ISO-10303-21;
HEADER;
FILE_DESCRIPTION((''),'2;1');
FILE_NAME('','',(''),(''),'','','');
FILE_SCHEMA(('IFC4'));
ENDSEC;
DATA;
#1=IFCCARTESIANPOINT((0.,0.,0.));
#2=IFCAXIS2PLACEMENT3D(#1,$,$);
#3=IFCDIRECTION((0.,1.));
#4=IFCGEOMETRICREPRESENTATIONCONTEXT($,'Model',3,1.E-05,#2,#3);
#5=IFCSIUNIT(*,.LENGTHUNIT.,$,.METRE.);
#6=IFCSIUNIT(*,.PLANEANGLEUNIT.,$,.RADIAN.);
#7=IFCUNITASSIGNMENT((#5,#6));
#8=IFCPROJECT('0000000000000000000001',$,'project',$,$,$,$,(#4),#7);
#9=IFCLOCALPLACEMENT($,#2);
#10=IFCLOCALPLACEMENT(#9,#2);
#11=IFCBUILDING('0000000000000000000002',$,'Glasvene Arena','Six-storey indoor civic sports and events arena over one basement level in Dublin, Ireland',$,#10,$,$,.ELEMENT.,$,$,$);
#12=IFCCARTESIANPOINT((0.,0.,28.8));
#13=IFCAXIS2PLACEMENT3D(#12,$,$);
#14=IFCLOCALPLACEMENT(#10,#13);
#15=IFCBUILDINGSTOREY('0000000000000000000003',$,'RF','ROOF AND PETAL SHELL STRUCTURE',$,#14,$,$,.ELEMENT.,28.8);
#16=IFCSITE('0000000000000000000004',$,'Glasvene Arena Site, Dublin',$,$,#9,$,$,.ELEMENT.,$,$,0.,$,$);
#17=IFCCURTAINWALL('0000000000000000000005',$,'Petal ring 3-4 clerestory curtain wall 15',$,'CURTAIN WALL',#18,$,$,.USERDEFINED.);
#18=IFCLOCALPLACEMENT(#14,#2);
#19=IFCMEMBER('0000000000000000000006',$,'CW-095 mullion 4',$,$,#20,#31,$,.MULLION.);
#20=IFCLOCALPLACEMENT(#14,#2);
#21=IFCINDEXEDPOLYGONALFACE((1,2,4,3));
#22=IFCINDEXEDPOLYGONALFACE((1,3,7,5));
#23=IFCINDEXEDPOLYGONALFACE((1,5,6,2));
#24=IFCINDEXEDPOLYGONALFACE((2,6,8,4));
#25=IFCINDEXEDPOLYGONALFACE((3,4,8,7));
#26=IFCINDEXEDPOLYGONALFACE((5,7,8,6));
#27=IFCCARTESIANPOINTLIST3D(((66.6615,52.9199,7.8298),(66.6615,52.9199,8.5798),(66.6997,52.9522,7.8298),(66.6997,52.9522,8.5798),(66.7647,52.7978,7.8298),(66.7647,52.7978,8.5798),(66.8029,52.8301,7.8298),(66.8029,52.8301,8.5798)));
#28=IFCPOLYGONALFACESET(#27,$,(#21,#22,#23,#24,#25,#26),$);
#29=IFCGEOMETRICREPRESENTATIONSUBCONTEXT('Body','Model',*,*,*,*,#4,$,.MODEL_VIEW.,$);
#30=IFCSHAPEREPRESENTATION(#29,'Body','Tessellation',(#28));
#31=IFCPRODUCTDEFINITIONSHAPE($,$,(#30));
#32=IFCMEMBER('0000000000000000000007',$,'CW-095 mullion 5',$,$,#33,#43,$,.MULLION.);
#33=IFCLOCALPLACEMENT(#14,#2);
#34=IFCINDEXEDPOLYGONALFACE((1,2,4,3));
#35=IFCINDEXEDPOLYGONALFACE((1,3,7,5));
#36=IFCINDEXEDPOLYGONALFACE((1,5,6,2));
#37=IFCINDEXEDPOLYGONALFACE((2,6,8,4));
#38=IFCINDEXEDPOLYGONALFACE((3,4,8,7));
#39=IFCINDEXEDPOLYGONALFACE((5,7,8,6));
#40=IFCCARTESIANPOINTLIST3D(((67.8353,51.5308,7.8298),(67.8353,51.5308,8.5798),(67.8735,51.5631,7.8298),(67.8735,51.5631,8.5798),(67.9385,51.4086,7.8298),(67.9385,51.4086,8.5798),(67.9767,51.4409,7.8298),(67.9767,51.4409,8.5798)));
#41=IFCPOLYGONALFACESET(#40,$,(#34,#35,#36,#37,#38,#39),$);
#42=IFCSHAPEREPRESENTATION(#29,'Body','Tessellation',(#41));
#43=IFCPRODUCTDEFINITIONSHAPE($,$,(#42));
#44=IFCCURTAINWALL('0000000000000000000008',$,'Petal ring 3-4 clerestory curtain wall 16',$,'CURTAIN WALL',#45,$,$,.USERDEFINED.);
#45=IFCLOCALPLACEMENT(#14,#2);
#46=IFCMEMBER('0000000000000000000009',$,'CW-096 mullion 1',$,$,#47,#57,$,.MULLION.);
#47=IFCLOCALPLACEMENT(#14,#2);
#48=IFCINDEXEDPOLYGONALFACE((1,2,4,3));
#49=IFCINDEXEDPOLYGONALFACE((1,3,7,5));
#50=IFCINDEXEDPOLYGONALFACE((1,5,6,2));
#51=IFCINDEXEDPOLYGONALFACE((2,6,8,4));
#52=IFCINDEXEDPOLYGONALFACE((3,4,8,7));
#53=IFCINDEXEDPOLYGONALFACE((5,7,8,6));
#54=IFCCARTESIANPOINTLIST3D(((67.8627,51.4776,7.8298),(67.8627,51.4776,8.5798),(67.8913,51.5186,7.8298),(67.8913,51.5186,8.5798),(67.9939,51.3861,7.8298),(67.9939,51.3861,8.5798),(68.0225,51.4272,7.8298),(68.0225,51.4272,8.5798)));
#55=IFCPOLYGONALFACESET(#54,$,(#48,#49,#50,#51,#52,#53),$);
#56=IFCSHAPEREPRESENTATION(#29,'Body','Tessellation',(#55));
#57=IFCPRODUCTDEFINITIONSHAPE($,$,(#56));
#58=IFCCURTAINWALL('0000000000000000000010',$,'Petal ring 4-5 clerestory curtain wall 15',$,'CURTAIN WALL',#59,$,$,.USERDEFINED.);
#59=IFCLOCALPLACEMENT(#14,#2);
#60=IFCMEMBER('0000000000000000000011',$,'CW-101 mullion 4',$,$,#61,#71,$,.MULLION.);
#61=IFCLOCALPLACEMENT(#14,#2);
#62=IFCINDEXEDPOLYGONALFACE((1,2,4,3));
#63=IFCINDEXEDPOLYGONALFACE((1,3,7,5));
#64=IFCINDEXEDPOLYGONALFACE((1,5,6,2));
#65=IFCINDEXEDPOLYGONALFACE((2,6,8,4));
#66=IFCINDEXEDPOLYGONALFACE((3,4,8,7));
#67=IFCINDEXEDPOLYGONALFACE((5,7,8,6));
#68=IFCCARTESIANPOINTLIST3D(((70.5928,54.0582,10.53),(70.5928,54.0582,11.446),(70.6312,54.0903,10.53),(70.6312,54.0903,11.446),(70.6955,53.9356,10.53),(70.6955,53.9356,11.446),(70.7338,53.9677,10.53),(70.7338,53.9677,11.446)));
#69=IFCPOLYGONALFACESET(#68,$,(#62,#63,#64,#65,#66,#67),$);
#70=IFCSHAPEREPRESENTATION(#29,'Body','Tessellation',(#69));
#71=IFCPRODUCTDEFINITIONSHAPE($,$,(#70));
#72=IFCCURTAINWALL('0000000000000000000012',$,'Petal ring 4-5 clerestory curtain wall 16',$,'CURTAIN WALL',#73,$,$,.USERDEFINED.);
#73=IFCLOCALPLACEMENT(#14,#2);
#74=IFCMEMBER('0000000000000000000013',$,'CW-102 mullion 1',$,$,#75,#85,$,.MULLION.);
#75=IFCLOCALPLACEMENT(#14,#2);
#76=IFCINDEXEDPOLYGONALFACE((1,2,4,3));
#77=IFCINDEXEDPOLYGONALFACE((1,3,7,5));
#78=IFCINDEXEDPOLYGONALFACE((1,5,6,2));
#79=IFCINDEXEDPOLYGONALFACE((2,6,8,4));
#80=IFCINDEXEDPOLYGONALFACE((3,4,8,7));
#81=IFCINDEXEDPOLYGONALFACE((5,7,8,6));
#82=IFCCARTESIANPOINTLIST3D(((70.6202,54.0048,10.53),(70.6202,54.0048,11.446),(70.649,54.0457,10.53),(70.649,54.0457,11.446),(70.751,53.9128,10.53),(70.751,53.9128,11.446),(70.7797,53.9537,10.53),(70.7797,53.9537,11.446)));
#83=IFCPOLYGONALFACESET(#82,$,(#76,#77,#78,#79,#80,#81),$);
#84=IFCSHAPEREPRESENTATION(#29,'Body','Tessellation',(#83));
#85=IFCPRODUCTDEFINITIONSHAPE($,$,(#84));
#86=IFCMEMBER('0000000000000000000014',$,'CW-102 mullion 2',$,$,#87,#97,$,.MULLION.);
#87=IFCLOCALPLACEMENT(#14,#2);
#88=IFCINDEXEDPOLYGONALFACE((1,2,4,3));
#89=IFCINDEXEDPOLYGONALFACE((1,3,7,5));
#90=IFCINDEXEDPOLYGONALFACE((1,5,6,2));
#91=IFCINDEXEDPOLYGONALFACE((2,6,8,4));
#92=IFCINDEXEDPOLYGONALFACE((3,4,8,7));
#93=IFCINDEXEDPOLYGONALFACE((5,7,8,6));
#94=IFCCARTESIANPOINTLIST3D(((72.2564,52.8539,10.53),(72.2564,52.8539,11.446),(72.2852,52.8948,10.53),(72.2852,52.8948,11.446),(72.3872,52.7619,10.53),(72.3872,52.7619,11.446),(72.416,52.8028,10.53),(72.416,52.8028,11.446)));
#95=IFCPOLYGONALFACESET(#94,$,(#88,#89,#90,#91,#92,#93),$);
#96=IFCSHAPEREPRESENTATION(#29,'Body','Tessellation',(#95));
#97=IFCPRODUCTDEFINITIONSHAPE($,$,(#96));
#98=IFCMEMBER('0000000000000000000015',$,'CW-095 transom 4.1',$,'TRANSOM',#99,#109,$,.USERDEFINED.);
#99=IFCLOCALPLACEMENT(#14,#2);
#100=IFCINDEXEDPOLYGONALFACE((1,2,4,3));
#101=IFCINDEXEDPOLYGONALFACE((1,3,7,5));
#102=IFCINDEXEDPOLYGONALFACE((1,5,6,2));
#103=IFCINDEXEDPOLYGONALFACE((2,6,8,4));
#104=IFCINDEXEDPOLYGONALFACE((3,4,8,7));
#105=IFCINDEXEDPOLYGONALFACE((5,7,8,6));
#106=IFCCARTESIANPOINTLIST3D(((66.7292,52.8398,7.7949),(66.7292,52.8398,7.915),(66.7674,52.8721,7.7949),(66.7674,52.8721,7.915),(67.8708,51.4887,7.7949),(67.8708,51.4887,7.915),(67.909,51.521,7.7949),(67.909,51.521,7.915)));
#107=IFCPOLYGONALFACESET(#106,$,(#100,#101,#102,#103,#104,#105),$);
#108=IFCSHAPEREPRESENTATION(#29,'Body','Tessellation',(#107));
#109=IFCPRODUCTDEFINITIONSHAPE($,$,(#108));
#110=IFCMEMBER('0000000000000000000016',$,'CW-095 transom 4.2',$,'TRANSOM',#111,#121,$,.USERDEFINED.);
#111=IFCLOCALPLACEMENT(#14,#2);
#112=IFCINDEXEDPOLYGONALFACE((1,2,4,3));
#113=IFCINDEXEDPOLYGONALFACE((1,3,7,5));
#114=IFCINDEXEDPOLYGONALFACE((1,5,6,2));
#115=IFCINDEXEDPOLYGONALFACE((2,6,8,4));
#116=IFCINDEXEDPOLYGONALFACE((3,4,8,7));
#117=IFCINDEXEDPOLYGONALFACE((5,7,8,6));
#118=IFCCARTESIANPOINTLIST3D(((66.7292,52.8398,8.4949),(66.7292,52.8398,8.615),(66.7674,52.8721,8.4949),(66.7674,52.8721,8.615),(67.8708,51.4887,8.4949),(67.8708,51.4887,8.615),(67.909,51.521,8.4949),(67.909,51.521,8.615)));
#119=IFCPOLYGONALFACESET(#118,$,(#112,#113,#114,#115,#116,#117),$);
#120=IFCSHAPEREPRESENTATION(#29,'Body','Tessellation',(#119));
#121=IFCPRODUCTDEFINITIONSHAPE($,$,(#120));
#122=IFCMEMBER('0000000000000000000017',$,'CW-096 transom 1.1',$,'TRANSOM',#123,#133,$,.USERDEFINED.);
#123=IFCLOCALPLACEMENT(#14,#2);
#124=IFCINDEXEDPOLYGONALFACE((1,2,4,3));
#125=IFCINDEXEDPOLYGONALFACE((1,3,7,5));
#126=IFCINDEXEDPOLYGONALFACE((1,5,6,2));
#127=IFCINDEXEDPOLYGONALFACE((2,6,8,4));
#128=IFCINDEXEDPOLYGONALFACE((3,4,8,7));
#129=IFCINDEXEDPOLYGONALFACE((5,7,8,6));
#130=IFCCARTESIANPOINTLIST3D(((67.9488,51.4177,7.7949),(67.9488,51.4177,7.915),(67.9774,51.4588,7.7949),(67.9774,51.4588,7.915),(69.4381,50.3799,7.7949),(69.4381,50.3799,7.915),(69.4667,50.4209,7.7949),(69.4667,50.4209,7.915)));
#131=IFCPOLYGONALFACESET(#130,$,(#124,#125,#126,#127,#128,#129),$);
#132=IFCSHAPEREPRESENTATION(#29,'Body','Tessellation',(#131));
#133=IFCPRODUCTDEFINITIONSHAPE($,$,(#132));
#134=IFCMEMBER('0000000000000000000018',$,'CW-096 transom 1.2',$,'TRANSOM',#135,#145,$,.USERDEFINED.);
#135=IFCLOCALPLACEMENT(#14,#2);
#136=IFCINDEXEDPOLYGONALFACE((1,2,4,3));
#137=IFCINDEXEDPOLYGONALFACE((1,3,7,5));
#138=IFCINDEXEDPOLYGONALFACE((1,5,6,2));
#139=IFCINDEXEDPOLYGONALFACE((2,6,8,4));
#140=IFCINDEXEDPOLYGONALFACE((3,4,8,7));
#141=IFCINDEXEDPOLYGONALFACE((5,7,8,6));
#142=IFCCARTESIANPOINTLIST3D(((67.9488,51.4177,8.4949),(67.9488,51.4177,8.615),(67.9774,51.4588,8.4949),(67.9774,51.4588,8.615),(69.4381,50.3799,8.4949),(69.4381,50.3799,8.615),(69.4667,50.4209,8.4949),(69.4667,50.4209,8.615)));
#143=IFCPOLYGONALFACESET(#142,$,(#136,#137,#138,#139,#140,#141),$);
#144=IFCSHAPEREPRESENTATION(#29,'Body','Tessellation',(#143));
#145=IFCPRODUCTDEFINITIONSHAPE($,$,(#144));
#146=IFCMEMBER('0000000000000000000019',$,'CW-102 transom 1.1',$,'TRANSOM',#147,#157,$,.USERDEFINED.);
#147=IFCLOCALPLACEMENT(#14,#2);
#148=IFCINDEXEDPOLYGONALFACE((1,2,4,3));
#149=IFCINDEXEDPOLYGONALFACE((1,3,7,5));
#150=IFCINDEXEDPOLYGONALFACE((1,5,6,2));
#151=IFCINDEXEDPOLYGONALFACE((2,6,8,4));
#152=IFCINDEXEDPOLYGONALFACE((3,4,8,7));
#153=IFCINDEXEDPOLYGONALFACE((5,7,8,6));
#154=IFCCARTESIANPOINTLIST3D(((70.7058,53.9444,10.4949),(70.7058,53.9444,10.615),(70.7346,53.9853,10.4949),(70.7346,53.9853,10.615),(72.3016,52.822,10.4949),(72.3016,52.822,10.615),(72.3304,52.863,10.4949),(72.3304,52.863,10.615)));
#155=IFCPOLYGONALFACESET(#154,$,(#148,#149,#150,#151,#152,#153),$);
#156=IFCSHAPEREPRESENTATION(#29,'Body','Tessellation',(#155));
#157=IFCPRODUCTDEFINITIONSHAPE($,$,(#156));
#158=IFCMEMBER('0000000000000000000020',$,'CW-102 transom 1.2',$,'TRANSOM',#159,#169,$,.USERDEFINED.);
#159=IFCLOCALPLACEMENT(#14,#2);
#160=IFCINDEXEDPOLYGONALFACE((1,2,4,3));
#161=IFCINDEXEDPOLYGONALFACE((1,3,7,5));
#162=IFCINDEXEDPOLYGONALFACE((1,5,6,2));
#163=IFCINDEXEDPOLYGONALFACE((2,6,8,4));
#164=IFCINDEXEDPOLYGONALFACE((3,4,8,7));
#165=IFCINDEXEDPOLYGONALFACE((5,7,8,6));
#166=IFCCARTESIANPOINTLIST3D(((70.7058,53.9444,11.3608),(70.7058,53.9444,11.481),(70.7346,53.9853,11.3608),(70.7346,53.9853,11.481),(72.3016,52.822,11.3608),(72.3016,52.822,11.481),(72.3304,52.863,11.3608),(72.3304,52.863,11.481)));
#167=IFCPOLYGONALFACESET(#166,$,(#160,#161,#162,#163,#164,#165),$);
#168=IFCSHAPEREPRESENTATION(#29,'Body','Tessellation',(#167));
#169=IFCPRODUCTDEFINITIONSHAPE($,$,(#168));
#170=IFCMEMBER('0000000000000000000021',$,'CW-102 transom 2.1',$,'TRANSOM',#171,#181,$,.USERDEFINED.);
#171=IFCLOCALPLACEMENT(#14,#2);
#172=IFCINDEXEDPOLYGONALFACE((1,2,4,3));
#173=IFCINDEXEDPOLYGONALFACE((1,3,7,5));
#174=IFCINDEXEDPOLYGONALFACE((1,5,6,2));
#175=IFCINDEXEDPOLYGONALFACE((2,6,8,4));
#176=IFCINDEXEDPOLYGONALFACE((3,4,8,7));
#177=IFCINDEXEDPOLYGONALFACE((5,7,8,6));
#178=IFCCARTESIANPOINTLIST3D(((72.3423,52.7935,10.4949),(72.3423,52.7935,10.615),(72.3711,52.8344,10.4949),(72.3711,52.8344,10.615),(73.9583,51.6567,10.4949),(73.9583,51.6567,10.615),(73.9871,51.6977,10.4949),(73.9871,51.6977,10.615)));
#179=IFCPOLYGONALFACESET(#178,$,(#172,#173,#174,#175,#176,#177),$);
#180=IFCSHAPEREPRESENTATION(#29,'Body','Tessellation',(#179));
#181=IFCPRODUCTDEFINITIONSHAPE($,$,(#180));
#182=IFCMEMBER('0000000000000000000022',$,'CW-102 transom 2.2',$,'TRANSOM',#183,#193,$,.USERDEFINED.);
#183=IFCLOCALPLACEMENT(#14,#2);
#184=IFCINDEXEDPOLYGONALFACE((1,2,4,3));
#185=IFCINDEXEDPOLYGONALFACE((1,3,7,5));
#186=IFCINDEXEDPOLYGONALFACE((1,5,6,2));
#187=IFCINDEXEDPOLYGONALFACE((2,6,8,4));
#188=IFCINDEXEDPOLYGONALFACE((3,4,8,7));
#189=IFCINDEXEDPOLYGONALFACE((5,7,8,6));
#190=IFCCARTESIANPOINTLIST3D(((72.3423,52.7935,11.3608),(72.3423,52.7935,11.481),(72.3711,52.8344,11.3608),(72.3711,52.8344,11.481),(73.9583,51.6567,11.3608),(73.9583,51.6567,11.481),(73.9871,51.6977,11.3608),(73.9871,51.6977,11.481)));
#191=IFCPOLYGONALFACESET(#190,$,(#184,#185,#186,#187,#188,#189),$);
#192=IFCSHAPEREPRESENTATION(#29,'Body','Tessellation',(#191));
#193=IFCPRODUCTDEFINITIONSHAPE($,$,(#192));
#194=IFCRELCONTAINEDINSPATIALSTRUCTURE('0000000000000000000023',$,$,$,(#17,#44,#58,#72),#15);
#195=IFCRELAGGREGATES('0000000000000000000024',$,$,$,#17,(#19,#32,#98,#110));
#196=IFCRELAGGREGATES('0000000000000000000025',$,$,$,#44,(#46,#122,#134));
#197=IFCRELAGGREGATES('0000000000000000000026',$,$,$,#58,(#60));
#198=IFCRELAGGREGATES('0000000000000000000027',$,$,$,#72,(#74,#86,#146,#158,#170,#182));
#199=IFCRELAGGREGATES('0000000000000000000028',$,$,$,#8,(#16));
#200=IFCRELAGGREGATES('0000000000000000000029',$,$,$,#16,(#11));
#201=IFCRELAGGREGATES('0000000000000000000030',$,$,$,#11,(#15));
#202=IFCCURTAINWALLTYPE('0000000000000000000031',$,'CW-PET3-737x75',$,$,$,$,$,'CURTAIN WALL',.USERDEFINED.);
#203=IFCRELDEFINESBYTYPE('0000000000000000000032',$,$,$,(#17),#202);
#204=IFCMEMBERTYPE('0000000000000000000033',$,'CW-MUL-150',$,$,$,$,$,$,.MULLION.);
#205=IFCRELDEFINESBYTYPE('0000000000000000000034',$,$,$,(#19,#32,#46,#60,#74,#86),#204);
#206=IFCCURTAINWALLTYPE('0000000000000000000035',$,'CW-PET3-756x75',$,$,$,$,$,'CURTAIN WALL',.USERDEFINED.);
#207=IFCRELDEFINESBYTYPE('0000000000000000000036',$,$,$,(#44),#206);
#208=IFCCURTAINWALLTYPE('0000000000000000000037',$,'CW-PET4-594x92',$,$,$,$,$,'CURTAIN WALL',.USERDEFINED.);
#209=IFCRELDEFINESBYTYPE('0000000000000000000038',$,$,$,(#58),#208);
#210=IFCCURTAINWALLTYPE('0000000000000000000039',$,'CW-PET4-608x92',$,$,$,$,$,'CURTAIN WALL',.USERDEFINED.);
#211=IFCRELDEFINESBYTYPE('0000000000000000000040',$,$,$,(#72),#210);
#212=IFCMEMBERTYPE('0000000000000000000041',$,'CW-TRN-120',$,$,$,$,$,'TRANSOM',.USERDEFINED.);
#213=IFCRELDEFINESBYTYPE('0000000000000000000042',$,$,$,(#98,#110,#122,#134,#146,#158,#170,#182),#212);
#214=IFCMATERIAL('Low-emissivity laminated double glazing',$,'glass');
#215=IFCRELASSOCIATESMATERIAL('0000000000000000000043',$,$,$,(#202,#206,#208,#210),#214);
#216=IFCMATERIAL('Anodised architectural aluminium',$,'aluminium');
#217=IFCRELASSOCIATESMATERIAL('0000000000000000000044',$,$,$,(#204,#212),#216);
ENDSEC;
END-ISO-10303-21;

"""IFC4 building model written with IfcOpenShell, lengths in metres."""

from ifc_helpers import new_model, si_unit, direction, frame, origin, origin_2d, place, context, subcontext, project, spatial, rectangle, extrude, material, material_profile, profile_set, type_object, element, aggregate, save


model = new_model("IFC4")

# Units and contexts
model_context = context("Model", 3, precision=1e-05, world=origin(), true_north=direction((0.0, 1.0)))
body_context = subcontext(model_context, "Body", "Model", "MODEL_VIEW")
ifc_project = project(units=[si_unit("LENGTHUNIT", "METRE"), si_unit("PLANEANGLEUNIT", "RADIAN")], contexts=[model_context])

# Site, building, storey
site_placement = place(None, origin())
site = spatial("IfcSite", under=ifc_project, at=site_placement, Name="Glasvene Arena Site, Dublin", CompositionType="ELEMENT", RefElevation=0.0)
building_placement = place(site_placement, origin())
building = spatial("IfcBuilding", under=site, at=building_placement, Name="Glasvene Arena", Description="Six-storey indoor civic sports and events arena over one basement level in Dublin, Ireland", CompositionType="ELEMENT")
storey_placement = place(building_placement, frame((0.0, 0.0, 28.8)))
storey = spatial("IfcBuildingStorey", under=building, at=storey_placement, Name="RF", Description="ROOF AND PETAL SHELL STRUCTURE", CompositionType="ELEMENT", Elevation=28.8)

# Curtain wall, members
ifc_material_1 = material(Name="Low-emissivity laminated double glazing", Category="glass")
curtain_wall_type_1 = type_object("IfcCurtainWallType", Name="CW-PET3-737x75", ElementType="CURTAIN WALL", PredefinedType="USERDEFINED", material=ifc_material_1)
curtain_wall_1_placement = place(storey_placement, frame((63.1626, 57.1001, 0.0)))
curtain_wall_1 = element("IfcCurtainWall", 1, at=curtain_wall_1_placement, inside=storey, type_object=curtain_wall_type_1, Name="Petal ring 3-4 clerestory curtain wall 15", ObjectType="CURTAIN WALL", PredefinedType="USERDEFINED")
ifc_material_2 = material(Name="Anodised architectural aluminium", Category="aluminium")
ifc_material_profile_1 = material_profile(ifc_material_2, rectangle(XDim=0.05, YDim=0.1599, at=origin_2d()), Name="ALU MULLION 50x160")
ifc_profile_set_1 = profile_set([ifc_material_profile_1], Name="Anodised architectural aluminium")
member_type_1 = type_object("IfcMemberType", Name="CW-MUL-150", PredefinedType="MULLION", material=ifc_profile_set_1)
member_1_placement = place(storey_placement, frame((66.7322, 52.875, 7.8298), z_axis=(0.0, 0.0, 1.0), x_axis=(0.76385, 0.645394, 0.0)))
member_1 = element("IfcMember", 2, at=member_1_placement, type_object=member_type_1, Name="CW-095 mullion 4", PredefinedType="MULLION", context=body_context, shape_type="SweptSolid", body=[
    extrude(rectangle(XDim=0.05, YDim=0.1599, at=origin_2d()), origin(), (0.0, 0.0, 1.0), 0.75),
])
member_2_placement = place(storey_placement, frame((67.906, 51.4858, 7.8298), z_axis=(0.0, 0.0, 1.0), x_axis=(0.76385, 0.645394, 0.0)))
member_2 = element("IfcMember", 3, at=member_2_placement, type_object=member_type_1, Name="CW-095 mullion 5", PredefinedType="MULLION", context=body_context, shape_type="SweptSolid", body=[
    extrude(rectangle(XDim=0.05, YDim=0.1599, at=origin_2d()), origin(), (0.0, 0.0, 1.0), 0.75),
])

# Curtain walls, members
curtain_wall_type_2 = type_object("IfcCurtainWallType", Name="CW-PET3-756x75", ElementType="CURTAIN WALL", PredefinedType="USERDEFINED", material=ifc_material_1)
curtain_wall_2_placement = place(storey_placement, frame((67.9221, 51.4668, 0.0)))
curtain_wall_2 = element("IfcCurtainWall", 4, at=curtain_wall_2_placement, inside=storey, type_object=curtain_wall_type_2, Name="Petal ring 3-4 clerestory curtain wall 16", ObjectType="CURTAIN WALL", PredefinedType="USERDEFINED")
member_3_placement = place(storey_placement, frame((67.9426, 51.4524, 7.8298), z_axis=(0.0, 0.0, 1.0), x_axis=(0.571742, 0.820433, 0.0)))
member_3 = element("IfcMember", 5, at=member_3_placement, type_object=member_type_1, Name="CW-096 mullion 1", PredefinedType="MULLION", context=body_context, shape_type="SweptSolid", body=[
    extrude(rectangle(XDim=0.05, YDim=0.1599, at=origin_2d()), origin(), (0.0, 0.0, 1.0), 0.75),
])
curtain_wall_type_3 = type_object("IfcCurtainWallType", Name="CW-PET4-594x92", ElementType="CURTAIN WALL", PredefinedType="USERDEFINED", material=ifc_material_1)
curtain_wall_3_placement = place(storey_placement, frame((66.8655, 58.55, 0.0)))
curtain_wall_3 = element("IfcCurtainWall", 6, at=curtain_wall_3_placement, inside=storey, type_object=curtain_wall_type_3, Name="Petal ring 4-5 clerestory curtain wall 15", ObjectType="CURTAIN WALL", PredefinedType="USERDEFINED")
member_4_placement = place(storey_placement, frame((70.6633, 54.0129, 10.53), z_axis=(0.0, 0.0, 1.0), x_axis=(0.766805, 0.64188, 0.0)))
member_4 = element("IfcMember", 7, at=member_4_placement, type_object=member_type_1, Name="CW-101 mullion 4", PredefinedType="MULLION", context=body_context, shape_type="SweptSolid", body=[
    extrude(rectangle(XDim=0.05, YDim=0.1599, at=origin_2d()), origin(), (0.0, 0.0, 1.0), 0.916),
])

# Curtain wall, members
curtain_wall_type_4 = type_object("IfcCurtainWallType", Name="CW-PET4-608x92", ElementType="CURTAIN WALL", PredefinedType="USERDEFINED", material=ifc_material_1)
curtain_wall_4_placement = place(storey_placement, frame((70.6794, 53.9937, 0.0)))
curtain_wall_4 = element("IfcCurtainWall", 8, at=curtain_wall_4_placement, inside=storey, type_object=curtain_wall_type_4, Name="Petal ring 4-5 clerestory curtain wall 16", ObjectType="CURTAIN WALL", PredefinedType="USERDEFINED")
member_5_placement = place(storey_placement, frame((70.7, 53.9792, 10.53), z_axis=(0.0, 0.0, 1.0), x_axis=(0.575325, 0.817925, 0.0)))
member_5 = element("IfcMember", 9, at=member_5_placement, type_object=member_type_1, Name="CW-102 mullion 1", PredefinedType="MULLION", context=body_context, shape_type="SweptSolid", body=[
    extrude(rectangle(XDim=0.05, YDim=0.1599, at=origin_2d()), origin(), (0.0, 0.0, 1.0), 0.916),
])
member_6_placement = place(storey_placement, frame((72.3362, 52.8284, 10.53), z_axis=(0.0, 0.0, 1.0), x_axis=(0.575325, 0.817925, 0.0)))
member_6 = element("IfcMember", 10, at=member_6_placement, type_object=member_type_1, Name="CW-102 mullion 2", PredefinedType="MULLION", context=body_context, shape_type="SweptSolid", body=[
    extrude(rectangle(XDim=0.05, YDim=0.1599, at=origin_2d()), origin(), (0.0, 0.0, 1.0), 0.916),
])

# Members
ifc_material_profile_2 = material_profile(ifc_material_2, rectangle(XDim=0.05, YDim=0.1201, at=origin_2d()), Name="ALU TRANSOM 50x120")
ifc_profile_set_2 = profile_set([ifc_material_profile_2], Name="Anodised architectural aluminium")
member_type_2 = type_object("IfcMemberType", Name="CW-TRN-120", ElementType="TRANSOM", PredefinedType="USERDEFINED", material=ifc_profile_set_2)
member_7_placement = place(storey_placement, frame((66.7483, 52.856, 7.855), z_axis=(0.64541, -0.763836, 0.0), x_axis=(0.763836, 0.64541, 0.0)))
member_7 = element("IfcMember", 11, at=member_7_placement, type_object=member_type_2, Name="CW-095 transom 4.1", ObjectType="TRANSOM", PredefinedType="USERDEFINED", context=body_context, shape_type="SweptSolid", body=[
    extrude(rectangle(XDim=0.05, YDim=0.1201, at=origin_2d()), origin(), (0.0, 0.0, 1.0), 1.7688),
])
member_8_placement = place(storey_placement, frame((66.7483, 52.856, 8.5549), z_axis=(0.64541, -0.763836, 0.0), x_axis=(0.763836, 0.64541, 0.0)))
member_8 = element("IfcMember", 12, at=member_8_placement, type_object=member_type_2, Name="CW-095 transom 4.2", ObjectType="TRANSOM", PredefinedType="USERDEFINED", context=body_context, shape_type="SweptSolid", body=[
    extrude(rectangle(XDim=0.05, YDim=0.1201, at=origin_2d()), origin(), (0.0, 0.0, 1.0), 1.7688),
])
member_9_placement = place(storey_placement, frame((67.9631, 51.4382, 7.855), z_axis=(0.820431, -0.571746, 0.0), x_axis=(0.571746, 0.820431, 0.0)))
member_9 = element("IfcMember", 13, at=member_9_placement, type_object=member_type_2, Name="CW-096 transom 1.1", ObjectType="TRANSOM", PredefinedType="USERDEFINED", context=body_context, shape_type="SweptSolid", body=[
    extrude(rectangle(XDim=0.05, YDim=0.1201, at=origin_2d()), origin(), (0.0, 0.0, 1.0), 1.8152),
])
member_10_placement = place(storey_placement, frame((67.9631, 51.4382, 8.5549), z_axis=(0.820431, -0.571746, 0.0), x_axis=(0.571746, 0.820431, 0.0)))
member_10 = element("IfcMember", 14, at=member_10_placement, type_object=member_type_2, Name="CW-096 transom 1.2", ObjectType="TRANSOM", PredefinedType="USERDEFINED", context=body_context, shape_type="SweptSolid", body=[
    extrude(rectangle(XDim=0.05, YDim=0.1201, at=origin_2d()), origin(), (0.0, 0.0, 1.0), 1.8152),
])
member_11_placement = place(storey_placement, frame((70.7202, 53.9648, 10.5549), z_axis=(0.817948, -0.575292, 0.0), x_axis=(0.575292, 0.817948, 0.0)))
member_11 = element("IfcMember", 15, at=member_11_placement, type_object=member_type_2, Name="CW-102 transom 1.1", ObjectType="TRANSOM", PredefinedType="USERDEFINED", context=body_context, shape_type="SweptSolid", body=[
    extrude(rectangle(XDim=0.05, YDim=0.1201, at=origin_2d()), origin(), (0.0, 0.0, 1.0), 1.9509),
])
member_12_placement = place(storey_placement, frame((70.7202, 53.9648, 11.4209), z_axis=(0.817948, -0.575292, 0.0), x_axis=(0.575292, 0.817948, 0.0)))
member_12 = element("IfcMember", 16, at=member_12_placement, type_object=member_type_2, Name="CW-102 transom 1.2", ObjectType="TRANSOM", PredefinedType="USERDEFINED", context=body_context, shape_type="SweptSolid", body=[
    extrude(rectangle(XDim=0.05, YDim=0.1201, at=origin_2d()), origin(), (0.0, 0.0, 1.0), 1.9509),
])
member_13_placement = place(storey_placement, frame((72.3567, 52.814, 10.5549), z_axis=(0.817912, -0.575343, 0.0), x_axis=(0.575343, 0.817912, 0.0)))
member_13 = element("IfcMember", 17, at=member_13_placement, type_object=member_type_2, Name="CW-102 transom 2.1", ObjectType="TRANSOM", PredefinedType="USERDEFINED", context=body_context, shape_type="SweptSolid", body=[
    extrude(rectangle(XDim=0.05, YDim=0.1201, at=origin_2d()), origin(), (0.0, 0.0, 1.0), 1.9758),
])
member_14_placement = place(storey_placement, frame((72.3567, 52.814, 11.4209), z_axis=(0.817912, -0.575343, 0.0), x_axis=(0.575343, 0.817912, 0.0)))
member_14 = element("IfcMember", 18, at=member_14_placement, type_object=member_type_2, Name="CW-102 transom 2.2", ObjectType="TRANSOM", PredefinedType="USERDEFINED", context=body_context, shape_type="SweptSolid", body=[
    extrude(rectangle(XDim=0.05, YDim=0.1201, at=origin_2d()), origin(), (0.0, 0.0, 1.0), 1.9758),
])

aggregate(curtain_wall_1, [member_1, member_2, member_7, member_8])
aggregate(curtain_wall_2, [member_3, member_9, member_10])
aggregate(curtain_wall_3, [member_4])
aggregate(curtain_wall_4, [member_5, member_6, member_11, member_12, member_13, member_14])

save(model, "model.ifc")
